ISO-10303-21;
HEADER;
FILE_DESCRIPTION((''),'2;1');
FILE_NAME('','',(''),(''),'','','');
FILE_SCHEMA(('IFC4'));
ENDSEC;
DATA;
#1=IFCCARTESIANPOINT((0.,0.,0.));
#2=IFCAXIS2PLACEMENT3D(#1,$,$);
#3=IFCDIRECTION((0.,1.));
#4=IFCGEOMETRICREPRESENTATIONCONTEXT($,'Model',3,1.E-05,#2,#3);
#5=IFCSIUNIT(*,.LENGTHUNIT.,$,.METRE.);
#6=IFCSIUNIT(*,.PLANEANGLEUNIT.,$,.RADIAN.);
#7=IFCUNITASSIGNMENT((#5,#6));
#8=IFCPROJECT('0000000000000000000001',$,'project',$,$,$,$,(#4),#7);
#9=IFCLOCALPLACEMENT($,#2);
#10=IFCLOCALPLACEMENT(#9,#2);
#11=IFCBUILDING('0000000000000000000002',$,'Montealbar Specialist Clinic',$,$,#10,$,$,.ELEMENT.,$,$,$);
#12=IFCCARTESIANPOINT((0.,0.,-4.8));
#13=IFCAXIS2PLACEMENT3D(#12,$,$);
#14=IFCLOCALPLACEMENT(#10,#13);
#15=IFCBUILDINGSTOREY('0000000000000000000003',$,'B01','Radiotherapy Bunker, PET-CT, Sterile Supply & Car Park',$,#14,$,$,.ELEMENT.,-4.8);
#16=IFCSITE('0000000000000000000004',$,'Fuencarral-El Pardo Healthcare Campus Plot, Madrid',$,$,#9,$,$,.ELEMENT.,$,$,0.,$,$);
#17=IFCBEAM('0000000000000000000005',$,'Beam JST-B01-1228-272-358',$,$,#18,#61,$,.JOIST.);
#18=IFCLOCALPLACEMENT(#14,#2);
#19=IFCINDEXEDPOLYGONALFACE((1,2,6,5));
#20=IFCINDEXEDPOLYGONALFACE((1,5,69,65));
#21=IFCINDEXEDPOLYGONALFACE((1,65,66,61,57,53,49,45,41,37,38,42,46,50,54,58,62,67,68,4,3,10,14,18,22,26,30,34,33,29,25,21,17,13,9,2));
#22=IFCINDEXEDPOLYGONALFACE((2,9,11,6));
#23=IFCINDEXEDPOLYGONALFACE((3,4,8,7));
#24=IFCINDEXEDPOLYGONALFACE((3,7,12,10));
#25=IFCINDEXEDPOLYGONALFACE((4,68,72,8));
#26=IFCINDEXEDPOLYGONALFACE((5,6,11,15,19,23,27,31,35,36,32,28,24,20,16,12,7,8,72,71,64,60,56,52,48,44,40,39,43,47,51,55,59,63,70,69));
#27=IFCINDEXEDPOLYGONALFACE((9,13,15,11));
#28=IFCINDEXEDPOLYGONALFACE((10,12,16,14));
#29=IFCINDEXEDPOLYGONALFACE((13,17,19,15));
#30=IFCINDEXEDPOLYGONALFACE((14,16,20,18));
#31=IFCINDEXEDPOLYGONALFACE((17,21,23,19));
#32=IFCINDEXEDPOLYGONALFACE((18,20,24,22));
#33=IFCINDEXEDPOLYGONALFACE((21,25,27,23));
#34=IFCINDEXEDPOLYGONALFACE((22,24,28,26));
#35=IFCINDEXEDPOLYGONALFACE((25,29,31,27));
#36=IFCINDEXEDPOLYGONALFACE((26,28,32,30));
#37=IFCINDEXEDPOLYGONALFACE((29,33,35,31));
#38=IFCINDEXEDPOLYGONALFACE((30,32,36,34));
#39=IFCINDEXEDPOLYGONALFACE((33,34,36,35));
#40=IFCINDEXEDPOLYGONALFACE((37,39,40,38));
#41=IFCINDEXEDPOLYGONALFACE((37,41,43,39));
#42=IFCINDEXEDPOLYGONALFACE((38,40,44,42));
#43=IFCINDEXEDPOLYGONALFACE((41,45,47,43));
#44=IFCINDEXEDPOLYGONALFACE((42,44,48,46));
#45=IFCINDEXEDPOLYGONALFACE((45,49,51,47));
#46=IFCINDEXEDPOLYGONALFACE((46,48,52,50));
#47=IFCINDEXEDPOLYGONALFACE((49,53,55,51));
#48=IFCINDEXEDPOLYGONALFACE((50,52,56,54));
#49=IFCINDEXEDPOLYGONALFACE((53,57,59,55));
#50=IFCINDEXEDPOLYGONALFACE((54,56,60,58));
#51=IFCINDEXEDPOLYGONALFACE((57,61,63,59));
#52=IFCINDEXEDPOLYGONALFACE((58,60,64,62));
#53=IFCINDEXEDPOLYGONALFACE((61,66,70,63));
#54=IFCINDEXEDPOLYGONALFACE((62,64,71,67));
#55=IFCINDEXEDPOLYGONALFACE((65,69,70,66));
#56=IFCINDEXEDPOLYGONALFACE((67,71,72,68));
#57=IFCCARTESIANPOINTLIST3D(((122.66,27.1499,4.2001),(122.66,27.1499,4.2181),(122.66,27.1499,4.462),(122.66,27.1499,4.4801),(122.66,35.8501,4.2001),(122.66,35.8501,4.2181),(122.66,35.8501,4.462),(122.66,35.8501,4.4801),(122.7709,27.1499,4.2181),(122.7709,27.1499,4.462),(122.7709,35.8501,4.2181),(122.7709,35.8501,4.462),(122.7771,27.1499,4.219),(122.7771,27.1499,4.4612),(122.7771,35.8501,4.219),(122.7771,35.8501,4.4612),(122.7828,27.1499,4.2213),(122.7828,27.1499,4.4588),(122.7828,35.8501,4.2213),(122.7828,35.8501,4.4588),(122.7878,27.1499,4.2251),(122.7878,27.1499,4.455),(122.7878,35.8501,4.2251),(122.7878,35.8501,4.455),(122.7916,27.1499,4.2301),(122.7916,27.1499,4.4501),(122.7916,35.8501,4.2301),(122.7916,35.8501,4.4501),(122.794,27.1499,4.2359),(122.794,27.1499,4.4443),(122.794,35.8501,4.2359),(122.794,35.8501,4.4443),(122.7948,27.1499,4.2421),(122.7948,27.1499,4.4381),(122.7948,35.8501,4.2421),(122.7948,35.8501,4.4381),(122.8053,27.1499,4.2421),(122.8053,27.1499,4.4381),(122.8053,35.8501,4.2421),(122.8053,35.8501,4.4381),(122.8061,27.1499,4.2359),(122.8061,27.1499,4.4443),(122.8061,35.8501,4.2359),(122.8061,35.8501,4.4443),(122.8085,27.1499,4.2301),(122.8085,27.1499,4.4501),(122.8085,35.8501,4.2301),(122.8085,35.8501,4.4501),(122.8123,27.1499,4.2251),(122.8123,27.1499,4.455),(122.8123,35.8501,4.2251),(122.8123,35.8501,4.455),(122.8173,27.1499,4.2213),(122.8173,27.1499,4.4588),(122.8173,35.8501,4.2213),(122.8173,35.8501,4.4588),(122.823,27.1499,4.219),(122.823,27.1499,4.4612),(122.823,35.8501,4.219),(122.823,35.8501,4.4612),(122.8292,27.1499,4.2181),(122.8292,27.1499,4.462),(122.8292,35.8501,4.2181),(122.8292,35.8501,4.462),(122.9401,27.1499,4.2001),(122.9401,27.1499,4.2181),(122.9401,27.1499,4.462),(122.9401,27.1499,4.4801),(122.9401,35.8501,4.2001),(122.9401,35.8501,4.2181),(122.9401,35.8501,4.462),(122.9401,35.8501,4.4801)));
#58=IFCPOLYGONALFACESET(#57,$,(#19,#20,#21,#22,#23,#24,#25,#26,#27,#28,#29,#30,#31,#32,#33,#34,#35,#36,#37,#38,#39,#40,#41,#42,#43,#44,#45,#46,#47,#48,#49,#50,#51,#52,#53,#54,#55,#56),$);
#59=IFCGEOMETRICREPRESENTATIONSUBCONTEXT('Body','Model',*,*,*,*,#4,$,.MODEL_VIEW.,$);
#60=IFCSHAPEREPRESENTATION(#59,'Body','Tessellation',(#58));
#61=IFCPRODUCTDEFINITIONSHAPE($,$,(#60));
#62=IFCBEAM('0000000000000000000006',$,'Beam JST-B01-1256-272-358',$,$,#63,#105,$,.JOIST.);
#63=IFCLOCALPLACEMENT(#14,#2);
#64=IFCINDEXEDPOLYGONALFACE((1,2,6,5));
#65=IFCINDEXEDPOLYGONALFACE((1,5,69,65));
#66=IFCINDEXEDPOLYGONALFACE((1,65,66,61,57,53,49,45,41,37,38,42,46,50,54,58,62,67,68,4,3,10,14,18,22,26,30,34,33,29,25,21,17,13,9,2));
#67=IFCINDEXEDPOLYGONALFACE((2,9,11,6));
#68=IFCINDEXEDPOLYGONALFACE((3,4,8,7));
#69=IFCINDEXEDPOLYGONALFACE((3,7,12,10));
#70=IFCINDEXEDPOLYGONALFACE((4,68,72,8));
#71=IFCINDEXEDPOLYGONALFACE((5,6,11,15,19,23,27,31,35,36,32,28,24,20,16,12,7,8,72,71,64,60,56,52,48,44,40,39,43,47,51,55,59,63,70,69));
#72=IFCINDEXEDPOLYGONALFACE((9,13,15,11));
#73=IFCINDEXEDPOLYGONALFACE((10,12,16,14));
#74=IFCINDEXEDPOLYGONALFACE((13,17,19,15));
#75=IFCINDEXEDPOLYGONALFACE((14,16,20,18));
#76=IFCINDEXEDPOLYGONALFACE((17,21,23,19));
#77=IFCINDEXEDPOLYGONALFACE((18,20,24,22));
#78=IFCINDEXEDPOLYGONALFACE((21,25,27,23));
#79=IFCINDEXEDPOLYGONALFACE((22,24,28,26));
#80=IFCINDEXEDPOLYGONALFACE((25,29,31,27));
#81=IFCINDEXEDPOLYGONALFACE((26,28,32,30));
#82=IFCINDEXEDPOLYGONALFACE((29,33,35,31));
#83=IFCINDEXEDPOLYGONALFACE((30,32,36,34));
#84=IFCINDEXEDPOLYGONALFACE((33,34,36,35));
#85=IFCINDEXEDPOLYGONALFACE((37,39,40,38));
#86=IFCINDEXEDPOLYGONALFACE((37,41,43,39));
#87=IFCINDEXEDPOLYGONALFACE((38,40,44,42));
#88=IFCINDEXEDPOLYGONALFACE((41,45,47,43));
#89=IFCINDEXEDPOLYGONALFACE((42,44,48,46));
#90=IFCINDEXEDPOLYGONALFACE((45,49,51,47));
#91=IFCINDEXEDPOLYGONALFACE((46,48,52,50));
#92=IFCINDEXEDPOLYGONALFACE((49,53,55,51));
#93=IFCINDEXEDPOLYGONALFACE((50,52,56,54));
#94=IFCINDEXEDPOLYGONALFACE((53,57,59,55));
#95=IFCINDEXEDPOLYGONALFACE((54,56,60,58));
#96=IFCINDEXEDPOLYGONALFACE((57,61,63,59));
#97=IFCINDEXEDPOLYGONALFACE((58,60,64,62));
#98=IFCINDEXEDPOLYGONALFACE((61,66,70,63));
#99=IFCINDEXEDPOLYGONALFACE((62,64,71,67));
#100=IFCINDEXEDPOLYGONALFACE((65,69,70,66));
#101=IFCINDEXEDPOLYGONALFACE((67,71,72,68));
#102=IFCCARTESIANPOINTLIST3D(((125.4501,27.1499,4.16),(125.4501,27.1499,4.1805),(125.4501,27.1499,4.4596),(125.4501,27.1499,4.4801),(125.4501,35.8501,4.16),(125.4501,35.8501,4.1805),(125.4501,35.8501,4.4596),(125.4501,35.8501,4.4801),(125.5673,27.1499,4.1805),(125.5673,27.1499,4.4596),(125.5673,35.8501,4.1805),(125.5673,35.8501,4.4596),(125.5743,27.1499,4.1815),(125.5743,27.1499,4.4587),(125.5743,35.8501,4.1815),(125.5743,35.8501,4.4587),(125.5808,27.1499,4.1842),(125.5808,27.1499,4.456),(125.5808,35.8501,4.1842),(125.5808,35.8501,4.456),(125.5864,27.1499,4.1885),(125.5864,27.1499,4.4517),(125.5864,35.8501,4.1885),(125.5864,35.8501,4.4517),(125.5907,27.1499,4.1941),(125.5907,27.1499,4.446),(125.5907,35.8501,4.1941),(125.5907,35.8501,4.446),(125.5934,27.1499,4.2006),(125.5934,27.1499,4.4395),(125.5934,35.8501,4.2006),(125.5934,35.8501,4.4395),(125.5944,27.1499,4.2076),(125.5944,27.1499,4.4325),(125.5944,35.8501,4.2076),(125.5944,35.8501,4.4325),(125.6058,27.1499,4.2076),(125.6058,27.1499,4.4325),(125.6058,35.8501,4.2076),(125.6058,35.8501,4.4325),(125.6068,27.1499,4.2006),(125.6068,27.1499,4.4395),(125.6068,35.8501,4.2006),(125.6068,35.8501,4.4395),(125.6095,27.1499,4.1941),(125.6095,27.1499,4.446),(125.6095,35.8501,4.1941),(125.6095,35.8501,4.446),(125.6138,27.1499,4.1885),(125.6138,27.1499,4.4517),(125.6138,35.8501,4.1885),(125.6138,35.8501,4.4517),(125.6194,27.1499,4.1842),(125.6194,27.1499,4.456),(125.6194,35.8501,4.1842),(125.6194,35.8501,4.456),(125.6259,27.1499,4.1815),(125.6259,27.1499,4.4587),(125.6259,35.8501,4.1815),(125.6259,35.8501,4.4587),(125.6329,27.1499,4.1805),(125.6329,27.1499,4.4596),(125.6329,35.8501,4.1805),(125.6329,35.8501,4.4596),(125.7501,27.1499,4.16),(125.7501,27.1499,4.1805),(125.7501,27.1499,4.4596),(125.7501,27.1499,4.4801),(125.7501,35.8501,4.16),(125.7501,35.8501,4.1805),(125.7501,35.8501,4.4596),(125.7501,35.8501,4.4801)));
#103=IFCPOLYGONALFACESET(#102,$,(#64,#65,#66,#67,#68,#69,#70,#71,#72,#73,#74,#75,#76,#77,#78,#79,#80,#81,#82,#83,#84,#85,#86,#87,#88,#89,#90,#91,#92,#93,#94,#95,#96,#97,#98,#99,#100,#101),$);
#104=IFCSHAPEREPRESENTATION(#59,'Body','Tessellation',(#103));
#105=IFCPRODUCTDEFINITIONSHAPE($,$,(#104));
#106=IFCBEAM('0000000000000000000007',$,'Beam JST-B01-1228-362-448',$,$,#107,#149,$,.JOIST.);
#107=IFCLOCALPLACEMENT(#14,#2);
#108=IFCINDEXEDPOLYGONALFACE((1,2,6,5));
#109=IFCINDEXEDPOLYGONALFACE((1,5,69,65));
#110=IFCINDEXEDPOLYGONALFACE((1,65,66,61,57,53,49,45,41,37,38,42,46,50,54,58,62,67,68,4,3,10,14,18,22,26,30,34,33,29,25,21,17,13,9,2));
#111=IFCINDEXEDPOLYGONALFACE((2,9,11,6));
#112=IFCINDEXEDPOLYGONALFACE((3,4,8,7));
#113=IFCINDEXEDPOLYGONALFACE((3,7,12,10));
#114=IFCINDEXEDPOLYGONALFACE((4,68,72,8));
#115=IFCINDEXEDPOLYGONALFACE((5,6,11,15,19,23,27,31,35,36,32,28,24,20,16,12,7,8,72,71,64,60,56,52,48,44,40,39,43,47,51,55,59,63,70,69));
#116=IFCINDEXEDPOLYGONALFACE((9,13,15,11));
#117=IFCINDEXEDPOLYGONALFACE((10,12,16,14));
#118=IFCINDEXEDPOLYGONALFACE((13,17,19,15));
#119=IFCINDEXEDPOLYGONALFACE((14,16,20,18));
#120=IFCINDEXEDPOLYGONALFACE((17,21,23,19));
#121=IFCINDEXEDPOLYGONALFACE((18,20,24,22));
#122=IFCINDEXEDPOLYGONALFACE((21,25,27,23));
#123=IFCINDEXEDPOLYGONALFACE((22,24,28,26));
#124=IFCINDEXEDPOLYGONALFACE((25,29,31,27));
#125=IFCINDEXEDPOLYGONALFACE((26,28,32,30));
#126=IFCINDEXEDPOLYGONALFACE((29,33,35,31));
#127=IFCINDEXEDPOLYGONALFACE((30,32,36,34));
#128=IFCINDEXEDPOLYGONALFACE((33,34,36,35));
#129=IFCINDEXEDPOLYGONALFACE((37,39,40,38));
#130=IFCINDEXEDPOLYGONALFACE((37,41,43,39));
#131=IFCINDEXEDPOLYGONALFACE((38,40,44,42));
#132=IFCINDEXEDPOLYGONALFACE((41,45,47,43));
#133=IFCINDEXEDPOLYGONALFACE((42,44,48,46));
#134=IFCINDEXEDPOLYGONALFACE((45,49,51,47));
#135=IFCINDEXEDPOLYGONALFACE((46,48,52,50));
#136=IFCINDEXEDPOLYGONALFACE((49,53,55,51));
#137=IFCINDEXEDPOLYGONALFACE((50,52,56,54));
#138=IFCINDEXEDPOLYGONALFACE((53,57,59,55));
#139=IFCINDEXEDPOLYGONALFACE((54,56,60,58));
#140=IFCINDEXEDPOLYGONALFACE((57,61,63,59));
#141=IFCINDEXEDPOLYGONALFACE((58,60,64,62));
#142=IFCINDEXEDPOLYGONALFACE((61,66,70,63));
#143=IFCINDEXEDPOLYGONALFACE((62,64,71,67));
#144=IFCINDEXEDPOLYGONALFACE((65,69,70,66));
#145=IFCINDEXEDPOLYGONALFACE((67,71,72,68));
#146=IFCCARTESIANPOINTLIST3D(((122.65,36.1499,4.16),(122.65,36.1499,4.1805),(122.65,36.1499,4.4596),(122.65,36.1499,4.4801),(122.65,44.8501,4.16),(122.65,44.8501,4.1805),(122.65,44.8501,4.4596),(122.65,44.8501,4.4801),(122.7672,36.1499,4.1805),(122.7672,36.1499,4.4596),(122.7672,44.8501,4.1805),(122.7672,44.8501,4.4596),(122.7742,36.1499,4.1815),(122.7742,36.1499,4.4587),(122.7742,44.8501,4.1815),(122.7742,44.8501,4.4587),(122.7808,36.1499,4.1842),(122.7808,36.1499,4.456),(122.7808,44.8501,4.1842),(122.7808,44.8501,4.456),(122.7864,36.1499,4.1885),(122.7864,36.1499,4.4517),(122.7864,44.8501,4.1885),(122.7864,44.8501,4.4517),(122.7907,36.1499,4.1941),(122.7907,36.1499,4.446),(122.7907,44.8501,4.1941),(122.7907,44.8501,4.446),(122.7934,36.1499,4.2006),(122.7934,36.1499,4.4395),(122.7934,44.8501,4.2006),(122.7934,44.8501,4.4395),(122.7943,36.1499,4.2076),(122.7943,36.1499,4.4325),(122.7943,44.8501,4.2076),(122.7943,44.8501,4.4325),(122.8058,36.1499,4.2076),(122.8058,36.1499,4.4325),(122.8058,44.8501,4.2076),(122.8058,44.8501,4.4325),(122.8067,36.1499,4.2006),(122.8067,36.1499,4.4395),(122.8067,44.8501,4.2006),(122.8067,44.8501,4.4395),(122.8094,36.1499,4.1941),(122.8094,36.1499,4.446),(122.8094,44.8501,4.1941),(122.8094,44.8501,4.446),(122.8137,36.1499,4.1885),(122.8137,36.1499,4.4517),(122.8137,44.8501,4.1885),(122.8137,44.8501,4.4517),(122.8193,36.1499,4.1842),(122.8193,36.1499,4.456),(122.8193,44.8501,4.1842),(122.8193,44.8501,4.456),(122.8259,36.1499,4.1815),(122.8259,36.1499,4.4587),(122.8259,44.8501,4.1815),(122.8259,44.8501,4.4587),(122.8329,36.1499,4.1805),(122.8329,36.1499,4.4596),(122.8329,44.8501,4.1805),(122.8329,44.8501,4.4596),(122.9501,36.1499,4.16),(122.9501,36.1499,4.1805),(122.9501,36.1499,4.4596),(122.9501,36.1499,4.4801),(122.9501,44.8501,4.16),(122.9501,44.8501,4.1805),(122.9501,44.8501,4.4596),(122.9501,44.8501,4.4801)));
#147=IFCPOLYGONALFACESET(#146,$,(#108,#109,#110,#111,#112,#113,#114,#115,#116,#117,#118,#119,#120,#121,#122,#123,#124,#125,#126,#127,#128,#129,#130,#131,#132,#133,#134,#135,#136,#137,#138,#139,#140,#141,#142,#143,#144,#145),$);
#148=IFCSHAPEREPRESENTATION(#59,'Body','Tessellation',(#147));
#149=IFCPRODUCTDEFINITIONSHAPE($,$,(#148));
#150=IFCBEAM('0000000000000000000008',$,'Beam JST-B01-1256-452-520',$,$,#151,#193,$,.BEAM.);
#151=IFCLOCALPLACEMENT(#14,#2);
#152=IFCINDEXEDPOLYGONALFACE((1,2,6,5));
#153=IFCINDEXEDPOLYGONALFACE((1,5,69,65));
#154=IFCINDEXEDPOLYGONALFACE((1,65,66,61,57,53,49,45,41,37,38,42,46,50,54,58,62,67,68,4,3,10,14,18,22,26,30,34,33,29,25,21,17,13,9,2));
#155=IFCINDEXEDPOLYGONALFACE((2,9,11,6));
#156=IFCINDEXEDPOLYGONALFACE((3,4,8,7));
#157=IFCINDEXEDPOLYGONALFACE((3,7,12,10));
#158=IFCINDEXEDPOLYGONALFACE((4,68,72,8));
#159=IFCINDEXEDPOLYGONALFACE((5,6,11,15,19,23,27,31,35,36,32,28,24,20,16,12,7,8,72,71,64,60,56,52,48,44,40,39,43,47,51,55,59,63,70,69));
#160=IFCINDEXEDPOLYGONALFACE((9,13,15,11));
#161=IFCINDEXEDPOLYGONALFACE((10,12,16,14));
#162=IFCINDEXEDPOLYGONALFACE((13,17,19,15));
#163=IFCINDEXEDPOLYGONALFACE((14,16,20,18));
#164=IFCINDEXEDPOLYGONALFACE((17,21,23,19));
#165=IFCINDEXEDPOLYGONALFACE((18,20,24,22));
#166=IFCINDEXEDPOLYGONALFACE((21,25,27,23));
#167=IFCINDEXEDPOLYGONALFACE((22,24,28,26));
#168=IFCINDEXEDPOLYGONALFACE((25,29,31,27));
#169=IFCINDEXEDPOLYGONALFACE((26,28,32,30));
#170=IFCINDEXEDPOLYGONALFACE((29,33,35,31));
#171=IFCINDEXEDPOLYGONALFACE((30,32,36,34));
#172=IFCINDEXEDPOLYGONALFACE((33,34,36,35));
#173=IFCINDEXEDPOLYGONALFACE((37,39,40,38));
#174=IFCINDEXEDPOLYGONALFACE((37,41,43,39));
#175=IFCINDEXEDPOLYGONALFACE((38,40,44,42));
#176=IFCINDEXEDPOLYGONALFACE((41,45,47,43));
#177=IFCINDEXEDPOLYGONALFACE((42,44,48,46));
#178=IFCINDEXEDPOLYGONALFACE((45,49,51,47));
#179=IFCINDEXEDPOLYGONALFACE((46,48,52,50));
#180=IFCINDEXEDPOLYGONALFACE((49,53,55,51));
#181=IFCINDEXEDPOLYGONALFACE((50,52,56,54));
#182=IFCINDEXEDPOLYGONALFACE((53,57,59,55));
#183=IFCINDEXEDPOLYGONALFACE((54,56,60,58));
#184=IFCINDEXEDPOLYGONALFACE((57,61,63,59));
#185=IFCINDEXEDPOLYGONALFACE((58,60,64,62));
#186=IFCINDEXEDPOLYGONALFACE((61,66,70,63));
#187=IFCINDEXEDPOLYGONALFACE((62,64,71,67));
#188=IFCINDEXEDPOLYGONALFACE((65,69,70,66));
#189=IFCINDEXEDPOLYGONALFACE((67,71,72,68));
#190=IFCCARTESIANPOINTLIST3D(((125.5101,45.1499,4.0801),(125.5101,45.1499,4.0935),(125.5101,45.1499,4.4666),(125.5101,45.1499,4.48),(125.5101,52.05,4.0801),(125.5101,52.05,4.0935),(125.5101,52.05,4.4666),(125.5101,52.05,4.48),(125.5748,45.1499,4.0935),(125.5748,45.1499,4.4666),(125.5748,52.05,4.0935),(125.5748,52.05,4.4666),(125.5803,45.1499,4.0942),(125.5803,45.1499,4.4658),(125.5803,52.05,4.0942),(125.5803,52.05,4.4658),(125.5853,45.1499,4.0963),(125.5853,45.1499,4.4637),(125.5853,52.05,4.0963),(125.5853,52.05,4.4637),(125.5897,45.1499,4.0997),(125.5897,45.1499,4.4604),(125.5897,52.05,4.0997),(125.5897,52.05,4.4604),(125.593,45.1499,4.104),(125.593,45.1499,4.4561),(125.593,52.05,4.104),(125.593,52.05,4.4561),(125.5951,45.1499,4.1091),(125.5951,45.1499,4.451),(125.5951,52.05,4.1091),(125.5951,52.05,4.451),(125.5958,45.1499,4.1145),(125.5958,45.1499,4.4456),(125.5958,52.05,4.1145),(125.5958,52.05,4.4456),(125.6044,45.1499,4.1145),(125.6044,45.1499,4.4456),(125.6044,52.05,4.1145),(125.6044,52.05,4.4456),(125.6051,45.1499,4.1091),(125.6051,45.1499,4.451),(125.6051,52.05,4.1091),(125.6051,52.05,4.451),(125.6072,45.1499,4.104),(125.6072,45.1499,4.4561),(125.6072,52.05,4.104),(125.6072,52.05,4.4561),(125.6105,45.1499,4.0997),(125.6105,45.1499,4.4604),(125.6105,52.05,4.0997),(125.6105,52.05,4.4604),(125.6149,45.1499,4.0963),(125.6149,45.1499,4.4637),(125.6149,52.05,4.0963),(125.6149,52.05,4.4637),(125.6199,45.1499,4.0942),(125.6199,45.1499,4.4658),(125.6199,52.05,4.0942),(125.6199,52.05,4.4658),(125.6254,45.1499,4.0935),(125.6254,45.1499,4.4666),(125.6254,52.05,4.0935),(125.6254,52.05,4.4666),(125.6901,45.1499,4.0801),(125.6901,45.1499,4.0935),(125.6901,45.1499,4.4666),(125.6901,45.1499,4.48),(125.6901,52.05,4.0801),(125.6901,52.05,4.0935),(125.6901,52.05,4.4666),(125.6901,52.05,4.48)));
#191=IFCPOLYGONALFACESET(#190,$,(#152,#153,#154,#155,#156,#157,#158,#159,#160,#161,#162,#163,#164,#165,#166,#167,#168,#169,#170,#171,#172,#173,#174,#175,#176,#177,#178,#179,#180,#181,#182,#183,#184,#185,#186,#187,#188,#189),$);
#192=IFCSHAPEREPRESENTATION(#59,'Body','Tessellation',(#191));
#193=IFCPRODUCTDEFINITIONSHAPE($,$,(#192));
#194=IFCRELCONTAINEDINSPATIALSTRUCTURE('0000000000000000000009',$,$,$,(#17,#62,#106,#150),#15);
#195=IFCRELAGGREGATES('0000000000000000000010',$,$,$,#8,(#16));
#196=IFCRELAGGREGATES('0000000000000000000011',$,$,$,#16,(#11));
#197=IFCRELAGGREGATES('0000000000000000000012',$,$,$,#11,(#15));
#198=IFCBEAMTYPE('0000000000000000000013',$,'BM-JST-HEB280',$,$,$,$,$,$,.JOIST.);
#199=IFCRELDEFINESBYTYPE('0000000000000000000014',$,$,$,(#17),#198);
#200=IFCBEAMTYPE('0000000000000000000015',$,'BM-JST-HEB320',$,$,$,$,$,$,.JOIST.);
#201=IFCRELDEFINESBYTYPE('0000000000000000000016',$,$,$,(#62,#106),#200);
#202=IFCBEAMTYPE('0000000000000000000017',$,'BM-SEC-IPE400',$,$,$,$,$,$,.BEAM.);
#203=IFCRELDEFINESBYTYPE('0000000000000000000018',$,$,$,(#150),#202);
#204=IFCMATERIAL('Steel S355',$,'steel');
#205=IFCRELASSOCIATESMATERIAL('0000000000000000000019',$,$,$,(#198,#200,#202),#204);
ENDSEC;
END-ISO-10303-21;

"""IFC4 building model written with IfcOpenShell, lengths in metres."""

from ifc_helpers import new_model, si_unit, direction, frame, origin, origin_2d, place, context, subcontext, project, spatial, i_section, extrude, material, material_profile, profile_set, type_object, element, save


model = new_model("IFC4")

# Units and contexts
model_context = context("Model", 3, precision=1e-05, world=origin(), true_north=direction((0.0, 1.0)))
body_context = subcontext(model_context, "Body", "Model", "MODEL_VIEW")
ifc_project = project(units=[si_unit("LENGTHUNIT", "METRE"), si_unit("PLANEANGLEUNIT", "RADIAN")], contexts=[model_context])

# Site, building, storey
site_placement = place(None, origin())
site = spatial("IfcSite", under=ifc_project, at=site_placement, Name="Fuencarral-El Pardo Healthcare Campus Plot, Madrid", CompositionType="ELEMENT", RefElevation=0.0)
building_placement = place(site_placement, origin())
building = spatial("IfcBuilding", under=site, at=building_placement, Name="Montealbar Specialist Clinic", CompositionType="ELEMENT")
storey_placement = place(building_placement, frame((0.0, 0.0, -4.8)))
storey = spatial("IfcBuildingStorey", under=building, at=storey_placement, Name="B01", Description="Radiotherapy Bunker, PET-CT, Sterile Supply & Car Park", CompositionType="ELEMENT", Elevation=-4.8)

# Shared definitions
ifc_material_1 = material(Name="Steel S355", Category="steel")

# Beams
ifc_material_profile_1 = material_profile(ifc_material_1, i_section(OverallWidth=0.28, OverallDepth=0.28, WebThickness=0.0105, FlangeThickness=0.0181, FilletRadius=0.0239, at=origin_2d()), Name="HEB 280", Category="steel")
ifc_profile_set_1 = profile_set([ifc_material_profile_1], Name="Steel S355")
beam_type_1 = type_object("IfcBeamType", Name="BM-JST-HEB280", PredefinedType="JOIST", material=ifc_profile_set_1)
beam_1_placement = place(storey_placement, frame((122.8, 27.1499, 4.3401), z_axis=(0.0, 1.0, 0.0), x_axis=(-1.0, 0.0, 0.0)))
element("IfcBeam", 1, at=beam_1_placement, inside=storey, type_object=beam_type_1, Name="Beam JST-B01-1228-272-358", PredefinedType="JOIST", context=body_context, shape_type="SweptSolid", body=[
    extrude(i_section(OverallWidth=0.28, OverallDepth=0.28, WebThickness=0.0105, FlangeThickness=0.0181, FilletRadius=0.0239, at=origin_2d()), origin(), (0.0, 0.0, 1.0), 8.7002),
])
ifc_material_profile_2 = material_profile(ifc_material_1, i_section(OverallWidth=0.3, OverallDepth=0.3201, WebThickness=0.0115, FlangeThickness=0.0205, FilletRadius=0.0271, at=origin_2d()), Name="HEB 320", Category="steel")
ifc_profile_set_2 = profile_set([ifc_material_profile_2], Name="Steel S355")
beam_type_2 = type_object("IfcBeamType", Name="BM-JST-HEB320", PredefinedType="JOIST", material=ifc_profile_set_2)
for number, where, z_axis, x_axis, name in (
    (2, (125.6001, 27.1499, 4.3201), (0.0, 1.0, 0.0), (-1.0, 0.0, 0.0), "Beam JST-B01-1256-272-358"),
    (3, (122.8, 36.1499, 4.3201), (0.0, 1.0, 0.0), (-1.0, 0.0, 0.0), "Beam JST-B01-1228-362-448"),
):
    element("IfcBeam", number, at=place(storey_placement, frame(where, z_axis=z_axis, x_axis=x_axis)), inside=storey, type_object=beam_type_2, Name=name, PredefinedType="JOIST", context=body_context, shape_type="SweptSolid", body=[
        extrude(i_section(OverallWidth=0.3, OverallDepth=0.3201, WebThickness=0.0115, FlangeThickness=0.0205, FilletRadius=0.0271, at=origin_2d()), origin(), (0.0, 0.0, 1.0), 8.7002),
    ])
ifc_material_profile_3 = material_profile(ifc_material_1, i_section(OverallWidth=0.1799, OverallDepth=0.3999, WebThickness=0.0085, FlangeThickness=0.0134, FilletRadius=0.021, at=origin_2d()), Name="IPE 400", Category="steel")
ifc_profile_set_3 = profile_set([ifc_material_profile_3], Name="Steel S355")
beam_type_3 = type_object("IfcBeamType", Name="BM-SEC-IPE400", PredefinedType="BEAM", material=ifc_profile_set_3)
beam_2_placement = place(storey_placement, frame((125.6001, 45.1499, 4.28), z_axis=(0.0, 1.0, 0.0), x_axis=(-1.0, 0.0, 0.0)))
element("IfcBeam", 4, at=beam_2_placement, inside=storey, type_object=beam_type_3, Name="Beam JST-B01-1256-452-520", PredefinedType="BEAM", context=body_context, shape_type="SweptSolid", body=[
    extrude(i_section(OverallWidth=0.1799, OverallDepth=0.3999, WebThickness=0.0085, FlangeThickness=0.0134, FilletRadius=0.021, at=origin_2d()), origin(), (0.0, 0.0, 1.0), 6.9001),
])

save(model, "model.ifc")
